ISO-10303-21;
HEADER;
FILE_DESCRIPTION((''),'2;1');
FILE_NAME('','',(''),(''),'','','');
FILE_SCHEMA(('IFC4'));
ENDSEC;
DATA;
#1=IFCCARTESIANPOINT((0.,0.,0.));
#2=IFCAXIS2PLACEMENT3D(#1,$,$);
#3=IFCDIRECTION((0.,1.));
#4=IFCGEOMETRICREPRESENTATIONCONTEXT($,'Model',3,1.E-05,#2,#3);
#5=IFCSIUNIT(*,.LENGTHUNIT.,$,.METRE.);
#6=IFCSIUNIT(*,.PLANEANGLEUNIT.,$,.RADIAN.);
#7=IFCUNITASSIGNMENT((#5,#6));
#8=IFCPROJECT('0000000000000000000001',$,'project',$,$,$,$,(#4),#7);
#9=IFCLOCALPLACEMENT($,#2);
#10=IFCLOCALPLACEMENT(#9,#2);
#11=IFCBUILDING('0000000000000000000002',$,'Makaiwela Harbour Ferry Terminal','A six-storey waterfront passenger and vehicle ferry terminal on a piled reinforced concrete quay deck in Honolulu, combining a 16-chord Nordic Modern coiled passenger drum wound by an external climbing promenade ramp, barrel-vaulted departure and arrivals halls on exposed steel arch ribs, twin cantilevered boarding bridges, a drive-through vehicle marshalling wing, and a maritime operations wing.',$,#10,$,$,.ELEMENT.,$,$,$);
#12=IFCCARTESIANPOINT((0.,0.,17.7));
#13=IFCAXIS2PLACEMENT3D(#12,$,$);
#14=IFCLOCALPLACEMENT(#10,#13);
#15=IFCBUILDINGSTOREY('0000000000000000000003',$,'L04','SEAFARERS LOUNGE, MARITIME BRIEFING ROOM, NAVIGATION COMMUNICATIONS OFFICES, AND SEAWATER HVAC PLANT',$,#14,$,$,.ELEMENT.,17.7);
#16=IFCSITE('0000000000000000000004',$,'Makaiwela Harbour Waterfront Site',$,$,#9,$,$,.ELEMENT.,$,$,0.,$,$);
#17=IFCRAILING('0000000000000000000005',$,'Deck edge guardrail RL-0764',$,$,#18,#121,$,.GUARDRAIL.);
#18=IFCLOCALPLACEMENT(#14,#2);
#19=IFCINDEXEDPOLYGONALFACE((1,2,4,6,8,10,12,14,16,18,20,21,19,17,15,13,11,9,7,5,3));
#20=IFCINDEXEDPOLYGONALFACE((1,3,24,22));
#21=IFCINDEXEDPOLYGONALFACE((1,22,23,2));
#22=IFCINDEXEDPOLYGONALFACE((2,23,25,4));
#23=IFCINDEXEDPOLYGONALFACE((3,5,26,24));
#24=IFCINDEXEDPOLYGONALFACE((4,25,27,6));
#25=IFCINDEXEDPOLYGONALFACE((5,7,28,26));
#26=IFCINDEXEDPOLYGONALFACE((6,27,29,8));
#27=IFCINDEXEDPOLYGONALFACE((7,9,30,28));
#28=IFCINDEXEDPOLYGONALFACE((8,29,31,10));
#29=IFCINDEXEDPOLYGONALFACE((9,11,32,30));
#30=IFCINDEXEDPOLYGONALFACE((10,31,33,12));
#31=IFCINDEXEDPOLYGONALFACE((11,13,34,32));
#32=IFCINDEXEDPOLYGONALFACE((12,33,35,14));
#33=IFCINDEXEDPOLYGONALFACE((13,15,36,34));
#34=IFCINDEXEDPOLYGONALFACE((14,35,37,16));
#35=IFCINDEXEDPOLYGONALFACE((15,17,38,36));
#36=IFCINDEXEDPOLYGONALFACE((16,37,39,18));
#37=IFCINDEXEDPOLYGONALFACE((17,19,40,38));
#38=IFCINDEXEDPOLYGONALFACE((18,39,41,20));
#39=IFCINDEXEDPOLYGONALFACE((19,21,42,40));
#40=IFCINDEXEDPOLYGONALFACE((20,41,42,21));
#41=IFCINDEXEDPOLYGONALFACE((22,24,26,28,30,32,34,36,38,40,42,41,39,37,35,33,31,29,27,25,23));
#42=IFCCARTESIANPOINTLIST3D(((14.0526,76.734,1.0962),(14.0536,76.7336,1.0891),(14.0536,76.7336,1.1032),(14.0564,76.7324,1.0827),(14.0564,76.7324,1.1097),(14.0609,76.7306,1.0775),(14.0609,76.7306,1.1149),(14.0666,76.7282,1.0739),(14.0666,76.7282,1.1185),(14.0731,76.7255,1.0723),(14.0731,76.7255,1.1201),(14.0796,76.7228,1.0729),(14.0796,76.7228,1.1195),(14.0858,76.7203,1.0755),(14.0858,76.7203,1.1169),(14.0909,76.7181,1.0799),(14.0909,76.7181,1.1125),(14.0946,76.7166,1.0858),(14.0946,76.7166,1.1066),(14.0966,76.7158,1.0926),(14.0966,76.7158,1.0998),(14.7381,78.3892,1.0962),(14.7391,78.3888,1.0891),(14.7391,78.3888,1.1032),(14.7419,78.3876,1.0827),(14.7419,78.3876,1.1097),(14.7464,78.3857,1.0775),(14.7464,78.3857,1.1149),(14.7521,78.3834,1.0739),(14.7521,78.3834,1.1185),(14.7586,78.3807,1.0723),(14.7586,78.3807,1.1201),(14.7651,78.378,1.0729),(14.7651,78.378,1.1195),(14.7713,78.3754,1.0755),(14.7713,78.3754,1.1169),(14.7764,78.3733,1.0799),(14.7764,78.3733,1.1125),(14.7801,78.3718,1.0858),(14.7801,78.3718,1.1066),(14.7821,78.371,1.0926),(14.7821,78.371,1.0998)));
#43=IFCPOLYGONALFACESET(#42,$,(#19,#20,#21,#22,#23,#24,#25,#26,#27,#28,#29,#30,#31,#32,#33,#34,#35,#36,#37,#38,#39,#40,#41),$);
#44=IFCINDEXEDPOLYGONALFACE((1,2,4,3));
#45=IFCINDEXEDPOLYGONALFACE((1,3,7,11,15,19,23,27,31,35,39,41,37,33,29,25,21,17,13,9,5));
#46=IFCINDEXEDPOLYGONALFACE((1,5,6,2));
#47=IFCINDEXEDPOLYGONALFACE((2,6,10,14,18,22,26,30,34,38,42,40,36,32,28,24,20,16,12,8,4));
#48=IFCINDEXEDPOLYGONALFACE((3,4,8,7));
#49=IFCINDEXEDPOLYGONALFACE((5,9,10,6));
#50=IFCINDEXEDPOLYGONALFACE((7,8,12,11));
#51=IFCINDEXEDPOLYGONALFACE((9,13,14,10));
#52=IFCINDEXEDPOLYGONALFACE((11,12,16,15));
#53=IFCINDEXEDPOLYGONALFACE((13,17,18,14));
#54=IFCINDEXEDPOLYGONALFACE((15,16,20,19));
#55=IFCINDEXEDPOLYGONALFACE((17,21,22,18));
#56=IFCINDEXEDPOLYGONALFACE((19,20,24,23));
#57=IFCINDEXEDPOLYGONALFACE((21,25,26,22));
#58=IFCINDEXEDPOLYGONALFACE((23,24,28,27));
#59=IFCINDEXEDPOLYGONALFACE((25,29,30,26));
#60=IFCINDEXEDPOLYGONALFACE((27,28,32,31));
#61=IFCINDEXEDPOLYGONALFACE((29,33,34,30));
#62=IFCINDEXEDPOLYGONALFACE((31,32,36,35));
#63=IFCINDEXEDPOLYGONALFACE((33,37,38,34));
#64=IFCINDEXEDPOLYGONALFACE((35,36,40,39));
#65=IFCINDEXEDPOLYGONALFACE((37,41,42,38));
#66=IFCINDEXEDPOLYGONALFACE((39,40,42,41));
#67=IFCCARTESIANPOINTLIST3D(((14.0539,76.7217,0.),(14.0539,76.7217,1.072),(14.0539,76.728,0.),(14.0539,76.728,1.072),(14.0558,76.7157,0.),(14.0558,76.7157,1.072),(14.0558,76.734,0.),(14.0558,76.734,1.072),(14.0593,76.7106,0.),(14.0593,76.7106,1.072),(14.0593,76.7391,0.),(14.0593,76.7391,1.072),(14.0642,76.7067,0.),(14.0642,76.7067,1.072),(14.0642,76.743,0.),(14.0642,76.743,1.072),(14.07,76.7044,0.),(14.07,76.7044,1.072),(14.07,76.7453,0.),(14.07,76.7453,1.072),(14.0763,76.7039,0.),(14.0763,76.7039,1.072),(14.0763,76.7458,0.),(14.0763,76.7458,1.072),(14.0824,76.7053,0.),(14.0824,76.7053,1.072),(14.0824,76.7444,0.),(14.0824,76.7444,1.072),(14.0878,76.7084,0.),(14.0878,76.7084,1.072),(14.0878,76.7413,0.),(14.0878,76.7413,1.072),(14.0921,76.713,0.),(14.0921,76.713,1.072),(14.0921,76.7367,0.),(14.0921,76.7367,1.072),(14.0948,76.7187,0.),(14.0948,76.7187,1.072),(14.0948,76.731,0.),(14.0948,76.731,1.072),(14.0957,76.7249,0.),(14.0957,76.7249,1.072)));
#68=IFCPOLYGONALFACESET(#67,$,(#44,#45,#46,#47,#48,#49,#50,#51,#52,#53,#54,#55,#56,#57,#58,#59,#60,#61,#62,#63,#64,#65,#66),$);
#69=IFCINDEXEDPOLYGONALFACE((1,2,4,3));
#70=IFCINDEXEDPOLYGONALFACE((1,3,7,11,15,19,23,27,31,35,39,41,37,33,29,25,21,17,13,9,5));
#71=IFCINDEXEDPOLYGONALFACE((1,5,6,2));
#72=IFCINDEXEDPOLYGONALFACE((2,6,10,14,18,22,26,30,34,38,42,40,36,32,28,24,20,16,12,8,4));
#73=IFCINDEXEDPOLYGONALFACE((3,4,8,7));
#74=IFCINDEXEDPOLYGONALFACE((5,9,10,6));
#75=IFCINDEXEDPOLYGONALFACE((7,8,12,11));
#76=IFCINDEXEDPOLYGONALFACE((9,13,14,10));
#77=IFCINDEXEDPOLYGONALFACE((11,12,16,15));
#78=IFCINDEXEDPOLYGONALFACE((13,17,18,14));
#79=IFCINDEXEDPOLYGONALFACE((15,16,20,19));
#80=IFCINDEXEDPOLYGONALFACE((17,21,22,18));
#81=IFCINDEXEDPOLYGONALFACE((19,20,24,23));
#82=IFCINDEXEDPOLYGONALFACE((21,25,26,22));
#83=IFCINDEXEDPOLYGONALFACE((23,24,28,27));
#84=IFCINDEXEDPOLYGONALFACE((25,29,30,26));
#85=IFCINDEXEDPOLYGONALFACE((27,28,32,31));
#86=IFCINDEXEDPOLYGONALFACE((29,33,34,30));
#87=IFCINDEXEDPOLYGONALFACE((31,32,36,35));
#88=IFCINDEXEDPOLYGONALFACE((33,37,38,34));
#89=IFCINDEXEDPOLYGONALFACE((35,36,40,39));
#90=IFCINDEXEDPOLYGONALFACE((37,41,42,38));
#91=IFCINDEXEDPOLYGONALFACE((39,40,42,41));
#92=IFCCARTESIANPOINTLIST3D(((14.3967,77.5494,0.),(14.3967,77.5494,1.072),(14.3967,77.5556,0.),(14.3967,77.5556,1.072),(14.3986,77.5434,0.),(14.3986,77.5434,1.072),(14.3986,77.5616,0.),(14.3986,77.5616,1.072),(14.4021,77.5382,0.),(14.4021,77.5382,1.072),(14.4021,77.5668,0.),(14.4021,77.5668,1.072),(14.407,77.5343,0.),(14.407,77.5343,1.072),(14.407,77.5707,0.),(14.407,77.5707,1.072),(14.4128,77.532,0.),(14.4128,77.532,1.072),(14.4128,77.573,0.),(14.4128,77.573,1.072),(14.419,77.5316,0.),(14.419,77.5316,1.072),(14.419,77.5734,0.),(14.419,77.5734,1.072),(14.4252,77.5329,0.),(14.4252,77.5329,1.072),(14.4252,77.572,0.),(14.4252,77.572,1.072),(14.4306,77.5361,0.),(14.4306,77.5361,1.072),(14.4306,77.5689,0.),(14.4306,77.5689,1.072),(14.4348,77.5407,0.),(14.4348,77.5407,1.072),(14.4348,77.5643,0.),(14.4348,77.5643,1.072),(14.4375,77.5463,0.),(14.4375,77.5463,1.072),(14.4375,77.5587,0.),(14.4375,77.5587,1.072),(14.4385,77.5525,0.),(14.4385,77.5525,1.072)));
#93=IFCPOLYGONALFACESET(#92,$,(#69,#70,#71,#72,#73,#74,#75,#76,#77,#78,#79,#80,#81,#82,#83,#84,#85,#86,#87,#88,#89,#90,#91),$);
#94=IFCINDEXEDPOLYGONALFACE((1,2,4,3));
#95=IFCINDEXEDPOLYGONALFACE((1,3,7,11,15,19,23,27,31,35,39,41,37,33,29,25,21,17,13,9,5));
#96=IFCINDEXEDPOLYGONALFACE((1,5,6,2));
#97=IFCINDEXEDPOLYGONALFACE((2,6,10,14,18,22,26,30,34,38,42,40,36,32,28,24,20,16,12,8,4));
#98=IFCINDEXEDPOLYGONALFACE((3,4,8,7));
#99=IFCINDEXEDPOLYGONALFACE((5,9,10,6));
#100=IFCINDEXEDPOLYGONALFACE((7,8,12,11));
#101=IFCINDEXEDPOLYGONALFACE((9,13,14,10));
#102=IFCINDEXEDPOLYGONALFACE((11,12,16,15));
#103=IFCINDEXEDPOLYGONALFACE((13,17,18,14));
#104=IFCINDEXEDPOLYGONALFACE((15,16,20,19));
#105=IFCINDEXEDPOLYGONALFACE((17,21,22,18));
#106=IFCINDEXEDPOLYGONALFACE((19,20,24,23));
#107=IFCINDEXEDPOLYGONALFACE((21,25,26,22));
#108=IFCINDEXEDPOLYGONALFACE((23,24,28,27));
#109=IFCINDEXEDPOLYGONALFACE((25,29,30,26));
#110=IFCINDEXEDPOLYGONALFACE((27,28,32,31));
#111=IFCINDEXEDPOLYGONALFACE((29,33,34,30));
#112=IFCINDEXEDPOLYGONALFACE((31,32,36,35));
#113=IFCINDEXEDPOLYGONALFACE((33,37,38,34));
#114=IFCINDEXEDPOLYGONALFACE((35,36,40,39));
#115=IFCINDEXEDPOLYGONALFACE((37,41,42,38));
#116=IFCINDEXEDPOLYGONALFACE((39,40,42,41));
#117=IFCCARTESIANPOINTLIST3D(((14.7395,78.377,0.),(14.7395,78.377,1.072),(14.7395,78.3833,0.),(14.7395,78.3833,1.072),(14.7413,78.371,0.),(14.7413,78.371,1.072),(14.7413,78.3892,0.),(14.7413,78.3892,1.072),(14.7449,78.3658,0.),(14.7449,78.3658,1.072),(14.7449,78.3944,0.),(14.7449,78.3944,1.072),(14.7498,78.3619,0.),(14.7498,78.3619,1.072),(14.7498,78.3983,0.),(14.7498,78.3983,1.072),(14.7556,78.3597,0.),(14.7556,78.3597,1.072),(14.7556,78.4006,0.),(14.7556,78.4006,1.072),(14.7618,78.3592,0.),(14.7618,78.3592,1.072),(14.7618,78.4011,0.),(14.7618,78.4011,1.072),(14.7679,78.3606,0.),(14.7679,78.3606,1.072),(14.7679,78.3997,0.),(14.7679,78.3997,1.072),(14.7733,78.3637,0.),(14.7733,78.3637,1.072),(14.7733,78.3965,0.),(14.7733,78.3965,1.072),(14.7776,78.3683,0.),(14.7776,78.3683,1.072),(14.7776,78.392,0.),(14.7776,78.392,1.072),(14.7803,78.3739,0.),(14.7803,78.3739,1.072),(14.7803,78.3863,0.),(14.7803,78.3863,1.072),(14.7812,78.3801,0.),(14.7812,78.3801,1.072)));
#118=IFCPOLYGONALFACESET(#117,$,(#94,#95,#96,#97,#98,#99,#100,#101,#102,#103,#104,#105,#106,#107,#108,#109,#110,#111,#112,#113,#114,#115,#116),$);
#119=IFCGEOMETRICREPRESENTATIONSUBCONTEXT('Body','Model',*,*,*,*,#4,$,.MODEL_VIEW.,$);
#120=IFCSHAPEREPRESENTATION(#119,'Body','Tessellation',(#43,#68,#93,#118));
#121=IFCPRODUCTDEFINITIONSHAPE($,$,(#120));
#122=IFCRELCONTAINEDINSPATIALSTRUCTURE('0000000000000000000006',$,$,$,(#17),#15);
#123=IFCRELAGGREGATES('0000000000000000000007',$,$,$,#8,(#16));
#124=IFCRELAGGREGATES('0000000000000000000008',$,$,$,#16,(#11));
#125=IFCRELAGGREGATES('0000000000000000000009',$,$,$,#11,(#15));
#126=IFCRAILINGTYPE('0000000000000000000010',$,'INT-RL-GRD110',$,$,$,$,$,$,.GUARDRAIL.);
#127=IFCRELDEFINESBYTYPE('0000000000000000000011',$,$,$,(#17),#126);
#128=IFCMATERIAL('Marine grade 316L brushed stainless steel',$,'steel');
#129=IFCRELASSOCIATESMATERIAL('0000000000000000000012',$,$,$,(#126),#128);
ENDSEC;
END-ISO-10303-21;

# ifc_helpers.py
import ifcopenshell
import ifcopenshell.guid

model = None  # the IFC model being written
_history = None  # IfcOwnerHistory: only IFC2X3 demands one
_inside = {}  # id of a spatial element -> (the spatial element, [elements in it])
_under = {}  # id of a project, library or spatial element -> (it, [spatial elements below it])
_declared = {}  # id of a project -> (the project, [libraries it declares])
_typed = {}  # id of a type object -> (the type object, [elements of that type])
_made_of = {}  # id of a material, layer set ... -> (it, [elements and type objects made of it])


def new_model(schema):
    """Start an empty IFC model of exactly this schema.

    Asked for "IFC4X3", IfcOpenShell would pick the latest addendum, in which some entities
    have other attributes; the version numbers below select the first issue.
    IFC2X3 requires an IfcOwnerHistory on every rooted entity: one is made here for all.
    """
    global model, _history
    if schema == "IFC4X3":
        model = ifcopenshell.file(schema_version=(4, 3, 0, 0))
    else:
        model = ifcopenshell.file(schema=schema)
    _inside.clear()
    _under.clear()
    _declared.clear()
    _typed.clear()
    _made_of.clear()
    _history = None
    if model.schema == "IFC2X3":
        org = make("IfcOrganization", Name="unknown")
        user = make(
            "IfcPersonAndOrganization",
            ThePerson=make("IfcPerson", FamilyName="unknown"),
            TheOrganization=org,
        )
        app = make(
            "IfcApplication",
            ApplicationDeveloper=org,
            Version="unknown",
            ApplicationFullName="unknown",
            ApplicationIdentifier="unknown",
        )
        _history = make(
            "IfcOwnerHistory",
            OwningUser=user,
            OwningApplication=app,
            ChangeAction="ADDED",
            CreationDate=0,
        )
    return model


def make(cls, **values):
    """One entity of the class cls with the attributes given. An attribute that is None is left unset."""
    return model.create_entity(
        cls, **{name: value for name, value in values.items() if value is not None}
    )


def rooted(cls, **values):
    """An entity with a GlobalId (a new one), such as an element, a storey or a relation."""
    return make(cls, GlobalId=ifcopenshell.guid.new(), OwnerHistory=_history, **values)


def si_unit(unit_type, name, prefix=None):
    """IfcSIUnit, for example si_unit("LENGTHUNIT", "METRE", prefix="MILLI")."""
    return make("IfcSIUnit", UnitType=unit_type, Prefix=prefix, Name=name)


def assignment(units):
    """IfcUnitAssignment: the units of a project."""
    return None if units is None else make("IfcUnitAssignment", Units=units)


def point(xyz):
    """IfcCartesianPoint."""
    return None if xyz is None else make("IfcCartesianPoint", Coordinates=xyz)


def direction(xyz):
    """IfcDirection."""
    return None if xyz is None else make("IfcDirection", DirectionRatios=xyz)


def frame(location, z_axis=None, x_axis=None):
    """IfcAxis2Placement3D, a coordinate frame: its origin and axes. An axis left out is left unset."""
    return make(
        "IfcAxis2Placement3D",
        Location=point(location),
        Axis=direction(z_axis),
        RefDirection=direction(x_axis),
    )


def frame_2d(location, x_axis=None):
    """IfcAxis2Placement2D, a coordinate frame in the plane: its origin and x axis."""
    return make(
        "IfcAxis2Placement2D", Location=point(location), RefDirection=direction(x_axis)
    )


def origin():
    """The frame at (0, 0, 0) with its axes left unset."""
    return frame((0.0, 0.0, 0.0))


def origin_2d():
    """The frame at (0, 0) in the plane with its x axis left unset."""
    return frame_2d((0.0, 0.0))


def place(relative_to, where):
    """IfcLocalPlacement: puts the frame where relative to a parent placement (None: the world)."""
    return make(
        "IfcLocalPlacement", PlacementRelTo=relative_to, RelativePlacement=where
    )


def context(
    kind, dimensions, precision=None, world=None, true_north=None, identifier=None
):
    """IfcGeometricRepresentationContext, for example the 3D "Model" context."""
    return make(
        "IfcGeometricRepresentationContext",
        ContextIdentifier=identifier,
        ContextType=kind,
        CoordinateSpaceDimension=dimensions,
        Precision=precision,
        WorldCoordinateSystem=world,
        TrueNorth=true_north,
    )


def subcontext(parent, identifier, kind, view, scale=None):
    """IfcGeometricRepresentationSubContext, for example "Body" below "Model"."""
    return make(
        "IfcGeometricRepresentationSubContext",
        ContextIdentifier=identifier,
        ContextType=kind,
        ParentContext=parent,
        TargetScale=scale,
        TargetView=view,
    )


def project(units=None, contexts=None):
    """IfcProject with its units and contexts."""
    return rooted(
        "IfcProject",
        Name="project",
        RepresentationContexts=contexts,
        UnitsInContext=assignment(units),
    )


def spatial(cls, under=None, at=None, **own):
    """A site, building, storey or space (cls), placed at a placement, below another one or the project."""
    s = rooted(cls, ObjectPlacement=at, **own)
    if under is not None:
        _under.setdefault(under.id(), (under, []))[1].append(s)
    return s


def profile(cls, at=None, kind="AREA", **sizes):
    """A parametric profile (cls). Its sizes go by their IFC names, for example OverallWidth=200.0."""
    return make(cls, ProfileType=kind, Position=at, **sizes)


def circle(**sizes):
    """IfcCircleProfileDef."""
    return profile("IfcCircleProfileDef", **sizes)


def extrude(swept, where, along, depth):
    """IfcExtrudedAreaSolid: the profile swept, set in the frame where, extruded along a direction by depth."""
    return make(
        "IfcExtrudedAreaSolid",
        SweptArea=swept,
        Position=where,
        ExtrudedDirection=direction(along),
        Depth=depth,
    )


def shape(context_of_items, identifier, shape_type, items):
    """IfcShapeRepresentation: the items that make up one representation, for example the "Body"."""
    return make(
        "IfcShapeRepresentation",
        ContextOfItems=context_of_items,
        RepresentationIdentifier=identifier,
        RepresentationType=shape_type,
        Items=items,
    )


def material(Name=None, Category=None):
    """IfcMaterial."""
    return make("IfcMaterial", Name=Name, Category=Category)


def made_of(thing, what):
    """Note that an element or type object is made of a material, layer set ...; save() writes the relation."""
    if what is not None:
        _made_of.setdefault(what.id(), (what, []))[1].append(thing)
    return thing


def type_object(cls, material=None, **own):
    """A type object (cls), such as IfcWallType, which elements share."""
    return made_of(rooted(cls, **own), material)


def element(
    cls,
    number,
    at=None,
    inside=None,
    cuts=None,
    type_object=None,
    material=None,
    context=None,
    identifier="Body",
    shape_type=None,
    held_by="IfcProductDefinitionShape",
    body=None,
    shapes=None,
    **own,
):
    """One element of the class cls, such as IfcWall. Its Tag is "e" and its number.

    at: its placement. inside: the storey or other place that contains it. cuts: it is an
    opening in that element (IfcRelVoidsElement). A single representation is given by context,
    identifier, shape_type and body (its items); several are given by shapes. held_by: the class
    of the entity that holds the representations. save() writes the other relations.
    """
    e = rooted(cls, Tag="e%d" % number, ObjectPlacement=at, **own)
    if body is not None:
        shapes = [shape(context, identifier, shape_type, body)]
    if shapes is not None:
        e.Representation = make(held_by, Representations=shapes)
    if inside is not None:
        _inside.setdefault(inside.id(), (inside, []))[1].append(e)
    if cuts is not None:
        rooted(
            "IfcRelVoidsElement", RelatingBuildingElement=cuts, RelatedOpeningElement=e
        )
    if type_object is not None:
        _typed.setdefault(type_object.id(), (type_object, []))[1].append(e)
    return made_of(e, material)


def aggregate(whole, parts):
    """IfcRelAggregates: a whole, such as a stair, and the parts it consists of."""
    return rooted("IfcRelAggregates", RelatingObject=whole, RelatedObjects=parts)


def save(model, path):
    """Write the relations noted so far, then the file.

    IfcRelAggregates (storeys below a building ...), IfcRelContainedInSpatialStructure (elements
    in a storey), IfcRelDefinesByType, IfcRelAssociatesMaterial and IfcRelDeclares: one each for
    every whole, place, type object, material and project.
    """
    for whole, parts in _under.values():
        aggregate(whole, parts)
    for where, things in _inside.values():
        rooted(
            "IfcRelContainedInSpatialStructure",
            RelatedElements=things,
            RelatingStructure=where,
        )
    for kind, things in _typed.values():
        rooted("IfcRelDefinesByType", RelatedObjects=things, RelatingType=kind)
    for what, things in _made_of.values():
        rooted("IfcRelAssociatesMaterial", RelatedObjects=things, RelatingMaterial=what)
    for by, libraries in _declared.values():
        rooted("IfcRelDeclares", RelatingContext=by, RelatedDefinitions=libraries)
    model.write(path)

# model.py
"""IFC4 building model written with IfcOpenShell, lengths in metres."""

from ifc_helpers import new_model, si_unit, direction, frame, origin, origin_2d, place, context, subcontext, project, spatial, circle, extrude, material, type_object, element, save


model = new_model("IFC4")

# Units and contexts
model_context = context("Model", 3, precision=1e-05, world=origin(), true_north=direction((0.0, 1.0)))
body_context = subcontext(model_context, "Body", "Model", "MODEL_VIEW")
ifc_project = project(units=[si_unit("LENGTHUNIT", "METRE"), si_unit("PLANEANGLEUNIT", "RADIAN")], contexts=[model_context])

# Site, building, storey
site_placement = place(None, origin())
site = spatial("IfcSite", under=ifc_project, at=site_placement, Name="Makaiwela Harbour Waterfront Site", CompositionType="ELEMENT", RefElevation=0.0)
building_placement = place(site_placement, origin())
building = spatial("IfcBuilding", under=site, at=building_placement, Name="Makaiwela Harbour Ferry Terminal", Description="A six-storey waterfront passenger and vehicle ferry terminal on a piled reinforced concrete quay deck in Honolulu, combining a 16-chord Nordic Modern coiled passenger drum wound by an external climbing promenade ramp, barrel-vaulted departure and arrivals halls on exposed steel arch ribs, twin cantilevered boarding bridges, a drive-through vehicle marshalling wing, and a maritime operations wing.", CompositionType="ELEMENT")
storey_placement = place(building_placement, frame((0.0, 0.0, 17.7)))
storey = spatial("IfcBuildingStorey", under=building, at=storey_placement, Name="L04", Description="SEAFARERS LOUNGE, MARITIME BRIEFING ROOM, NAVIGATION COMMUNICATIONS OFFICES, AND SEAWATER HVAC PLANT", CompositionType="ELEMENT", Elevation=17.7)

# Railing
ifc_material_1 = material(Name="Marine grade 316L brushed stainless steel", Category="steel")
railing_type = type_object("IfcRailingType", Name="INT-RL-GRD110", PredefinedType="GUARDRAIL", material=ifc_material_1)
railing_1_placement = place(storey_placement, frame((14.0747, 76.7249, 0.0)))
element("IfcRailing", 1, at=railing_1_placement, inside=storey, type_object=railing_type, Name="Deck edge guardrail RL-0764", PredefinedType="GUARDRAIL", context=body_context, shape_type="SweptSolid", body=[
    extrude(circle(Radius=0.0239, at=origin_2d()), frame((0.0, 0.0, 1.0962), z_axis=(0.382641, 0.923897, 0.0), x_axis=(-0.923897, 0.382641, 0.0)), (0.0, 0.0, 1.0), 1.7915),
    extrude(circle(Radius=0.021, at=origin_2d()), origin(), (0.0, 0.0, 1.0), 1.072),
    extrude(circle(Radius=0.021, at=origin_2d()), frame((0.3428, 0.8276, 0.0)), (0.0, 0.0, 1.0), 1.072),
    extrude(circle(Radius=0.021, at=origin_2d()), frame((0.6855, 1.6553, 0.0)), (0.0, 0.0, 1.0), 1.072),
])

save(model, "model.ifc")
